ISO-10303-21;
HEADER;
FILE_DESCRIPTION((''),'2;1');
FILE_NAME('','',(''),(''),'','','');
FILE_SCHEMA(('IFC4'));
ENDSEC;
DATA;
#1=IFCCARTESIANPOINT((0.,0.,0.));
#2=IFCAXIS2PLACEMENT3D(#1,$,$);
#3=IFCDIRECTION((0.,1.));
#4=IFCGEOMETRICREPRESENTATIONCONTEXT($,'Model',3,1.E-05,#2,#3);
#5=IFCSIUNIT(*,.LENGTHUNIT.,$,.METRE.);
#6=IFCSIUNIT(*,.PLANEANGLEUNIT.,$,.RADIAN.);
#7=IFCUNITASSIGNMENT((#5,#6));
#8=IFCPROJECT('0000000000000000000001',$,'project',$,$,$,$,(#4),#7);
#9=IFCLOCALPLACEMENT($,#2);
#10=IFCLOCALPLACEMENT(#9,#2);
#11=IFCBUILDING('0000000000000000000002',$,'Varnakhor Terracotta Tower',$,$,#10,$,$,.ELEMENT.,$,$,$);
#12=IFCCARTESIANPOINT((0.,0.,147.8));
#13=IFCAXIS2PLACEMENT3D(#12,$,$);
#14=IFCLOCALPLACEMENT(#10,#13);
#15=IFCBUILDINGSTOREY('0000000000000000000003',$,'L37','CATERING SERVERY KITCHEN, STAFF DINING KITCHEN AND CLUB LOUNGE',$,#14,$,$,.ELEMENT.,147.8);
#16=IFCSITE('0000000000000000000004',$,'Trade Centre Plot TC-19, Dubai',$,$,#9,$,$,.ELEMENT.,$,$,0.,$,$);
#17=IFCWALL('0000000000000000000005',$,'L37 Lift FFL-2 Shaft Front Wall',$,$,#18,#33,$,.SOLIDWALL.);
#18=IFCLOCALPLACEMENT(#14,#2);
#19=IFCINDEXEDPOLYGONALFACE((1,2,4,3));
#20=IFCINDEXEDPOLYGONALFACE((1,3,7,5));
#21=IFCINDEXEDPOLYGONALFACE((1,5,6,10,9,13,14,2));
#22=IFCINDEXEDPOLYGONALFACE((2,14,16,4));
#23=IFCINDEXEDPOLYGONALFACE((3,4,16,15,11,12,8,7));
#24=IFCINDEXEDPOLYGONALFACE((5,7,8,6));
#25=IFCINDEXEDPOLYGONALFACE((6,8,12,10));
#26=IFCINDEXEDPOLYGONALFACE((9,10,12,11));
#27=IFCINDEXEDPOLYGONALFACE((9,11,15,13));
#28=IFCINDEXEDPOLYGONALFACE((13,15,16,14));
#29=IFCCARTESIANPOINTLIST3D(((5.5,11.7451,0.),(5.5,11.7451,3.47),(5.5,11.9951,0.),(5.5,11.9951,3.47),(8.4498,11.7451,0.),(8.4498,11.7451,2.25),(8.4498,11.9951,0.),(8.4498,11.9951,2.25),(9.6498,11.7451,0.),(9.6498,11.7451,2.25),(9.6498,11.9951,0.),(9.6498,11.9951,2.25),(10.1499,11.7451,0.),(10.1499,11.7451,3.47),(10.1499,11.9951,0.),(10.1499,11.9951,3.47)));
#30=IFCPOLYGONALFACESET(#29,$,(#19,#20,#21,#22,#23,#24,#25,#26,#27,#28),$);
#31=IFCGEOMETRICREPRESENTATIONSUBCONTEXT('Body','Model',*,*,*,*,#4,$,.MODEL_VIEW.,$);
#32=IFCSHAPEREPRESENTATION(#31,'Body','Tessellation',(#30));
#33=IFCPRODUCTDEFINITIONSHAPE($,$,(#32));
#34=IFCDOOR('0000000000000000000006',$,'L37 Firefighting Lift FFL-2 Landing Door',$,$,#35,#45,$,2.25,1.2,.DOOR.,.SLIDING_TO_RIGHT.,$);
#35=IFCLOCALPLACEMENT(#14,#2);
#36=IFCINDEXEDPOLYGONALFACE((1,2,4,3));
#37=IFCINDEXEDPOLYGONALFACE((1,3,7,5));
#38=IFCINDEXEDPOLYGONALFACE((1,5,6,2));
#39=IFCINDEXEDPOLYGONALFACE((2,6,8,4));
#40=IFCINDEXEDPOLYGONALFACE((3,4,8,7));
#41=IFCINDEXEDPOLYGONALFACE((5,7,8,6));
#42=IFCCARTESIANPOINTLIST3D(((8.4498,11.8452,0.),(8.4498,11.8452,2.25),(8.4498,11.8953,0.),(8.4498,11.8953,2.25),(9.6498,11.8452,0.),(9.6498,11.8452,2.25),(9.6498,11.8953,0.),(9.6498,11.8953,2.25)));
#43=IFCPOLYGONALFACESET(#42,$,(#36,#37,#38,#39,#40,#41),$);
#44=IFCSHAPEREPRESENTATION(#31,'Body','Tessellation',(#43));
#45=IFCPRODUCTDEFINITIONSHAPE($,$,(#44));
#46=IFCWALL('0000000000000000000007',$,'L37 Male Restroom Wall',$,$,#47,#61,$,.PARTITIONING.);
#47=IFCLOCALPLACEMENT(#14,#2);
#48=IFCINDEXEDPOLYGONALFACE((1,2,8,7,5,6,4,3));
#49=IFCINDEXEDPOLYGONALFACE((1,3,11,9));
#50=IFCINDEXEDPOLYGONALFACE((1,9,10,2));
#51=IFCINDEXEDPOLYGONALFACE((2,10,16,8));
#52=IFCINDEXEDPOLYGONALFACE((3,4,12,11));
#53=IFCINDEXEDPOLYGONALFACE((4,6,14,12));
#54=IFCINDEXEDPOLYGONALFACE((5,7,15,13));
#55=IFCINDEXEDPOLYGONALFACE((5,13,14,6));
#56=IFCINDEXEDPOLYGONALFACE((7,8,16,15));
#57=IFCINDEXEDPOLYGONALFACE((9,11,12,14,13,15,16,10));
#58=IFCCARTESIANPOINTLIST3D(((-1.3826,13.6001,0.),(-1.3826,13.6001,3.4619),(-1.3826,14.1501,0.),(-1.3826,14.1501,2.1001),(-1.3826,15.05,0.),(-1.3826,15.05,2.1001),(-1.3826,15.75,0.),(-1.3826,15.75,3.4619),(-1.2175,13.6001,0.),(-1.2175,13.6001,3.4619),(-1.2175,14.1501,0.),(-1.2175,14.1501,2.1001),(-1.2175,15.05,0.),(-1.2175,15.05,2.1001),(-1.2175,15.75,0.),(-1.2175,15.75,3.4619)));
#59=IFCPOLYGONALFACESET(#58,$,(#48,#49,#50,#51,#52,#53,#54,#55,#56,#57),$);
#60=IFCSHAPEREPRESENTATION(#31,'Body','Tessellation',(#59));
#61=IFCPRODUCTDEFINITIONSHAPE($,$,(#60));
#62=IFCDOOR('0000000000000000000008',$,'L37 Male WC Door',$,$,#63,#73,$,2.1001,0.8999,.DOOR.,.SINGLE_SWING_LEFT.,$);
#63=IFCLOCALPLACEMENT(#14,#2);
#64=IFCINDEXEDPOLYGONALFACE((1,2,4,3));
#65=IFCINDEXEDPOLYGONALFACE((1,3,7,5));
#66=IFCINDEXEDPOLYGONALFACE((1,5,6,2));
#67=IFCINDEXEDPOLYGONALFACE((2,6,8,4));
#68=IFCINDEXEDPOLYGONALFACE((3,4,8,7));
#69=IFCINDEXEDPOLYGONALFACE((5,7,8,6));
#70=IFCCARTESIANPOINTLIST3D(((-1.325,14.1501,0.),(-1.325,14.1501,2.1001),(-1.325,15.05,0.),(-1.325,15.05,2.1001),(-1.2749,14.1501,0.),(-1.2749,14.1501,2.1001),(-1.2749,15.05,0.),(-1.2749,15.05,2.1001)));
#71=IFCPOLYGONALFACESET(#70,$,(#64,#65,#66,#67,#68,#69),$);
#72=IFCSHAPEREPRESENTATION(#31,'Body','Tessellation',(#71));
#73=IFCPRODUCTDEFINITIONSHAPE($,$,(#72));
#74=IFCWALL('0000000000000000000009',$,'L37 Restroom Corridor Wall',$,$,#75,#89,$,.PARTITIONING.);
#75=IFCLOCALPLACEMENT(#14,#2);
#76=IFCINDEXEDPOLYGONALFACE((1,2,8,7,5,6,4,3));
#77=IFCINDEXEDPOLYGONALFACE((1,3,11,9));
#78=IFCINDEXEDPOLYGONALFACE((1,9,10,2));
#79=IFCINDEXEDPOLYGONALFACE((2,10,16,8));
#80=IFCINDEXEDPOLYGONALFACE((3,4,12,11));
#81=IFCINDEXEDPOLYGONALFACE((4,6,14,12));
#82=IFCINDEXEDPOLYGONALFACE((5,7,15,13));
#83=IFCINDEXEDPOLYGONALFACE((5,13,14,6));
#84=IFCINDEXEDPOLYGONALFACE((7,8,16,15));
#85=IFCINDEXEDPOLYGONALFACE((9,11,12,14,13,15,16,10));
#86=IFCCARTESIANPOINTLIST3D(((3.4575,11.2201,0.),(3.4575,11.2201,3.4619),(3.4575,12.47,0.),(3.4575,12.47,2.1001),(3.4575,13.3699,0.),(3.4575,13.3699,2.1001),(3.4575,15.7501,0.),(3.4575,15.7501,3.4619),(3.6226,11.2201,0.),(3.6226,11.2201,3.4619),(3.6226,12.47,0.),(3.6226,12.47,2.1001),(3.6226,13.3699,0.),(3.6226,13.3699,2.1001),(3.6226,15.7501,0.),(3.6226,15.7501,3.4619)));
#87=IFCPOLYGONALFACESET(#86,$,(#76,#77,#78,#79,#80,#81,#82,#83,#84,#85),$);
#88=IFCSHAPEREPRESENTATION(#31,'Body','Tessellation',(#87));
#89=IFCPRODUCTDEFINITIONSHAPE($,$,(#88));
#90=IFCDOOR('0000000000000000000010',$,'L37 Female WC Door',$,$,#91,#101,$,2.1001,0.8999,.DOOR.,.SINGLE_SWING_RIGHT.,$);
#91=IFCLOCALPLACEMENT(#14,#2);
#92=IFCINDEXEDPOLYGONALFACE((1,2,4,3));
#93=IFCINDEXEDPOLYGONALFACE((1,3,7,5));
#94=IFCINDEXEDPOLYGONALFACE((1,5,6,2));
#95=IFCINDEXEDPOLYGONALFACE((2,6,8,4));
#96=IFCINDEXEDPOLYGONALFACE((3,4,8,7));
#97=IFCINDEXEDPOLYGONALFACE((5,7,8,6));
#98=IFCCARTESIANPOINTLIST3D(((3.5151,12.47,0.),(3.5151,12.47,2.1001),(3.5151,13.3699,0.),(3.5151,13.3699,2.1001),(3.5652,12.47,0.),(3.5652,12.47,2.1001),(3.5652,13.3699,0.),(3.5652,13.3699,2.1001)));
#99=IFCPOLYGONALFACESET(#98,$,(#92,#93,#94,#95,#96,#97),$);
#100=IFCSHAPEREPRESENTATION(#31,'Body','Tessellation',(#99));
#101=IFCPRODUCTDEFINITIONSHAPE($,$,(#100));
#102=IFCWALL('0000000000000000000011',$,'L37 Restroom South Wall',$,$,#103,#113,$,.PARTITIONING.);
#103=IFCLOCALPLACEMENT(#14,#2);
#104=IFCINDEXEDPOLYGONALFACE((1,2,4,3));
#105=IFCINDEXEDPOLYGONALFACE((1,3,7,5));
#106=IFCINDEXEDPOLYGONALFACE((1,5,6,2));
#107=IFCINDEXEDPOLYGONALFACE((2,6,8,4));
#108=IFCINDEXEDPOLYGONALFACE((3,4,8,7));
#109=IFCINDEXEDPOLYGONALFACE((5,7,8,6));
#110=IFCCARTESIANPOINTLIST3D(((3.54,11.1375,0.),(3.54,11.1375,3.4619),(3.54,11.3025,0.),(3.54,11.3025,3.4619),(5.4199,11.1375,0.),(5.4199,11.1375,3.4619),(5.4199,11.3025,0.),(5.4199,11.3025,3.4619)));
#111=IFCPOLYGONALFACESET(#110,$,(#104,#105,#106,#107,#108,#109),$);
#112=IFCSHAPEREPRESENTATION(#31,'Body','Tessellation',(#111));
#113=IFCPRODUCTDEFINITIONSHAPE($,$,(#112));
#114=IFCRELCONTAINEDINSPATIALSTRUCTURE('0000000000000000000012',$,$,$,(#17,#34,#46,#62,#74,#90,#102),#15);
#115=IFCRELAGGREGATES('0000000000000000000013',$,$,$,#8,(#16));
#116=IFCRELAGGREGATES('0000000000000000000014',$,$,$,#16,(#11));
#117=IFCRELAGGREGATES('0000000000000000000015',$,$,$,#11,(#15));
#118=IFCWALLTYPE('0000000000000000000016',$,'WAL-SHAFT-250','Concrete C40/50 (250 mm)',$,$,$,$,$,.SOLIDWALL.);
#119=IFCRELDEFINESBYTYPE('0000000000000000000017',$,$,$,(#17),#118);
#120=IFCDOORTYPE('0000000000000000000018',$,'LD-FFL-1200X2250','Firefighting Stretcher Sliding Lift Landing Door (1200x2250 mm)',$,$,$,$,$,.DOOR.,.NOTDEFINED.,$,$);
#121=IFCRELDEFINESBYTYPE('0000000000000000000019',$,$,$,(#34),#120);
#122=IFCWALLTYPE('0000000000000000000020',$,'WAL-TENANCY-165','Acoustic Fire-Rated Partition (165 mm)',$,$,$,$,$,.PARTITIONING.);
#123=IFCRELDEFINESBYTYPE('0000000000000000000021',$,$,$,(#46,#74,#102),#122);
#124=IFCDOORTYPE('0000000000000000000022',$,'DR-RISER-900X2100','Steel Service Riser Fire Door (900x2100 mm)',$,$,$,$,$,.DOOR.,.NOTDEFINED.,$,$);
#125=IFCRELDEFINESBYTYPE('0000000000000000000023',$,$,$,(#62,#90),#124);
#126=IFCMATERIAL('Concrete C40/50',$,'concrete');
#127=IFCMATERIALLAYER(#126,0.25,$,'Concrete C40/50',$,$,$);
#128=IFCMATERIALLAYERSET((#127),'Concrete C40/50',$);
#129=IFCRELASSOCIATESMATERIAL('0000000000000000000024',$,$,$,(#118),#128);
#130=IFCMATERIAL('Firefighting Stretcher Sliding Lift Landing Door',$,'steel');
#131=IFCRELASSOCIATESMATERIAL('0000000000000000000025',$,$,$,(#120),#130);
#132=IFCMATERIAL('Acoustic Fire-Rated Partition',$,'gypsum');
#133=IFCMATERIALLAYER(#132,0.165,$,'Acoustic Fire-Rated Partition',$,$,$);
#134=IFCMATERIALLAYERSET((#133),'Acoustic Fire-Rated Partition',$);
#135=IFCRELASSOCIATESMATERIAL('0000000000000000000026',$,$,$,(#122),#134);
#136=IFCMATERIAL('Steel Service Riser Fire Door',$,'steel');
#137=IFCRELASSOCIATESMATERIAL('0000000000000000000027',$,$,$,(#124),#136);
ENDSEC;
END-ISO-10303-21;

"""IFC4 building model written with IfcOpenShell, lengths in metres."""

from ifc_helpers import new_model, si_unit, direction, frame, frame_2d, origin, place, context, subcontext, project, spatial, rectangle, extrude, source, transform, mapped, material, layer, layer_set, type_object, type_shapes, element, fill, save


model = new_model("IFC4")

# Units and contexts
model_context = context("Model", 3, precision=1e-05, world=origin(), true_north=direction((0.0, 1.0)))
body_context = subcontext(model_context, "Body", "Model", "MODEL_VIEW")
ifc_project = project(units=[si_unit("LENGTHUNIT", "METRE"), si_unit("PLANEANGLEUNIT", "RADIAN")], contexts=[model_context])

# Site, building, storey
site_placement = place(None, origin())
site = spatial("IfcSite", under=ifc_project, at=site_placement, Name="Trade Centre Plot TC-19, Dubai", CompositionType="ELEMENT", RefElevation=0.0)
building_placement = place(site_placement, origin())
building = spatial("IfcBuilding", under=site, at=building_placement, Name="Varnakhor Terracotta Tower", CompositionType="ELEMENT")
storey_placement = place(building_placement, frame((0.0, 0.0, 147.8)))
storey = spatial("IfcBuildingStorey", under=building, at=storey_placement, Name="L37", Description="CATERING SERVERY KITCHEN, STAFF DINING KITCHEN AND CLUB LOUNGE", CompositionType="ELEMENT", Elevation=147.8)

# Shared definitions
ifc_material_1 = material(Name="Concrete C40/50", Category="concrete")

# Walls, openings, doors
ifc_layer_1 = layer(ifc_material_1, 0.25, Name="Concrete C40/50")
ifc_layer_set_1 = layer_set([ifc_layer_1], Name="Concrete C40/50")
wall_type_1 = type_object("IfcWallType", Name="WAL-SHAFT-250", Description="Concrete C40/50 (250 mm)", PredefinedType="SOLIDWALL", material=ifc_layer_set_1)
wall_1_placement = place(storey_placement, frame((10.1499, 11.8701, 0.0), z_axis=(0.0, 0.0, 1.0), x_axis=(-1.0, 0.0, 0.0)))
wall_1 = element("IfcWall", 1, at=wall_1_placement, inside=storey, type_object=wall_type_1, Name="L37 Lift FFL-2 Shaft Front Wall", PredefinedType="SOLIDWALL", context=body_context, shape_type="SweptSolid", body=[
    extrude(rectangle(XDim=4.6499, YDim=0.25, at=frame_2d((2.325, 0.0))), origin(), (0.0, 0.0, 1.0), 3.47),
])
opening_1_placement = place(wall_1_placement, frame((0.5, 0.0, 0.0)))
opening_1 = element("IfcOpeningElement", 2, at=opening_1_placement, cuts=wall_1, PredefinedType="OPENING", context=body_context, shape_type="SweptSolid", body=[
    extrude(rectangle(XDim=1.2, YDim=2.25, at=frame_2d((0.6001, 1.125))), frame((0.0, 0.135, 0.0), z_axis=(0.0, -1.0, 0.0), x_axis=(1.0, 0.0, 0.0)), (0.0, 0.0, 1.0), 0.27),
])
ifc_material_2 = material(Name="Firefighting Stretcher Sliding Lift Landing Door", Category="steel")
door_type_1 = type_object("IfcDoorType", Name="LD-FFL-1200X2250", Description="Firefighting Stretcher Sliding Lift Landing Door (1200x2250 mm)", OperationType="NOTDEFINED", PredefinedType="DOOR", material=ifc_material_2)
shared_shape_1 = source(origin(), body_context, "Body", "SweptSolid", [
    extrude(rectangle(XDim=1.2, YDim=2.25, at=frame_2d((0.6001, 1.125))), frame((0.0, 0.0249, 0.0), z_axis=(0.0, -1.0, 0.0), x_axis=(1.0, 0.0, 0.0)), (0.0, 0.0, 1.0), 0.05),
])
type_shapes(door_type_1, [shared_shape_1])
door_1_placement = place(opening_1_placement, origin())
door_1 = element("IfcDoor", 3, at=door_1_placement, inside=storey, type_object=door_type_1, Name="L37 Firefighting Lift FFL-2 Landing Door", OperationType="SLIDING_TO_RIGHT", OverallHeight=2.25, OverallWidth=1.2, PredefinedType="DOOR", context=body_context, shape_type="MappedRepresentation", body=[
    mapped(shared_shape_1, transform((0.0, 0.0, 0.0), scale=1.0)),
])
fill(opening_1, door_1)
ifc_material_3 = material(Name="Acoustic Fire-Rated Partition", Category="gypsum")
ifc_layer_2 = layer(ifc_material_3, 0.165, Name="Acoustic Fire-Rated Partition")
ifc_layer_set_2 = layer_set([ifc_layer_2], Name="Acoustic Fire-Rated Partition")
wall_type_2 = type_object("IfcWallType", Name="WAL-TENANCY-165", Description="Acoustic Fire-Rated Partition (165 mm)", PredefinedType="PARTITIONING", material=ifc_layer_set_2)
wall_2_placement = place(storey_placement, frame((-1.3, 13.6001, 0.0), z_axis=(0.0, 0.0, 1.0), x_axis=(0.0, 1.0, 0.0)))
wall_2 = element("IfcWall", 4, at=wall_2_placement, inside=storey, type_object=wall_type_2, Name="L37 Male Restroom Wall", PredefinedType="PARTITIONING", context=body_context, shape_type="SweptSolid", body=[
    extrude(rectangle(XDim=2.1499, YDim=0.165, at=frame_2d((1.075, 0.0))), origin(), (0.0, 0.0, 1.0), 3.4619),
])
opening_2_placement = place(wall_2_placement, frame((0.55, 0.0, 0.0)))
opening_2 = element("IfcOpeningElement", 5, at=opening_2_placement, cuts=wall_2, PredefinedType="OPENING", context=body_context, shape_type="SweptSolid", body=[
    extrude(rectangle(XDim=0.8999, YDim=2.1001, at=frame_2d((0.45, 1.05))), frame((0.0, 0.0925, 0.0), z_axis=(0.0, -1.0, 0.0), x_axis=(1.0, 0.0, 0.0)), (0.0, 0.0, 1.0), 0.1851),
])
ifc_material_4 = material(Name="Steel Service Riser Fire Door", Category="steel")
door_type_2 = type_object("IfcDoorType", Name="DR-RISER-900X2100", Description="Steel Service Riser Fire Door (900x2100 mm)", OperationType="NOTDEFINED", PredefinedType="DOOR", material=ifc_material_4)
shared_shape_2 = source(origin(), body_context, "Body", "SweptSolid", [
    extrude(rectangle(XDim=0.8999, YDim=2.1001, at=frame_2d((0.45, 1.05))), frame((0.0, 0.0249, 0.0), z_axis=(0.0, -1.0, 0.0), x_axis=(1.0, 0.0, 0.0)), (0.0, 0.0, 1.0), 0.05),
])
type_shapes(door_type_2, [shared_shape_2])
door_2_placement = place(opening_2_placement, origin())
door_2 = element("IfcDoor", 6, at=door_2_placement, inside=storey, type_object=door_type_2, Name="L37 Male WC Door", OperationType="SINGLE_SWING_LEFT", OverallHeight=2.1001, OverallWidth=0.8999, PredefinedType="DOOR", context=body_context, shape_type="MappedRepresentation", body=[
    mapped(shared_shape_2, transform((0.0, 0.0, 0.0), scale=1.0)),
])
fill(opening_2, door_2)
wall_3_placement = place(storey_placement, frame((3.54, 11.22, 0.0), z_axis=(0.0, 0.0, 1.0), x_axis=(0.0, 1.0, 0.0)))
wall_3 = element("IfcWall", 7, at=wall_3_placement, inside=storey, type_object=wall_type_2, Name="L37 Restroom Corridor Wall", PredefinedType="PARTITIONING", context=body_context, shape_type="SweptSolid", body=[
    extrude(rectangle(XDim=4.53, YDim=0.165, at=frame_2d((2.2651, 0.0))), origin(), (0.0, 0.0, 1.0), 3.4619),
])
opening_3_placement = place(wall_3_placement, frame((1.25, 0.0, 0.0)))
opening_3 = element("IfcOpeningElement", 8, at=opening_3_placement, cuts=wall_3, PredefinedType="OPENING", context=body_context, shape_type="SweptSolid", body=[
    extrude(rectangle(XDim=0.8999, YDim=2.1001, at=frame_2d((0.45, 1.05))), frame((0.0, 0.0925, 0.0), z_axis=(0.0, -1.0, 0.0), x_axis=(1.0, 0.0, 0.0)), (0.0, 0.0, 1.0), 0.1851),
])
door_3_placement = place(opening_3_placement, origin())
door_3 = element("IfcDoor", 9, at=door_3_placement, inside=storey, type_object=door_type_2, Name="L37 Female WC Door", OperationType="SINGLE_SWING_RIGHT", OverallHeight=2.1001, OverallWidth=0.8999, PredefinedType="DOOR", context=body_context, shape_type="MappedRepresentation", body=[
    mapped(shared_shape_2, transform((0.0, 0.0, 0.0), scale=1.0)),
])
fill(opening_3, door_3)

# Wall
wall_4_placement = place(storey_placement, frame((3.54, 11.22, 0.0), z_axis=(0.0, 0.0, 1.0), x_axis=(1.0, 0.0, 0.0)))
element("IfcWall", 10, at=wall_4_placement, inside=storey, type_object=wall_type_2, Name="L37 Restroom South Wall", PredefinedType="PARTITIONING", context=body_context, shape_type="SweptSolid", body=[
    extrude(rectangle(XDim=1.8799, YDim=0.165, at=frame_2d((0.9399, 0.0))), origin(), (0.0, 0.0, 1.0), 3.4619),
])

save(model, "model.ifc")
